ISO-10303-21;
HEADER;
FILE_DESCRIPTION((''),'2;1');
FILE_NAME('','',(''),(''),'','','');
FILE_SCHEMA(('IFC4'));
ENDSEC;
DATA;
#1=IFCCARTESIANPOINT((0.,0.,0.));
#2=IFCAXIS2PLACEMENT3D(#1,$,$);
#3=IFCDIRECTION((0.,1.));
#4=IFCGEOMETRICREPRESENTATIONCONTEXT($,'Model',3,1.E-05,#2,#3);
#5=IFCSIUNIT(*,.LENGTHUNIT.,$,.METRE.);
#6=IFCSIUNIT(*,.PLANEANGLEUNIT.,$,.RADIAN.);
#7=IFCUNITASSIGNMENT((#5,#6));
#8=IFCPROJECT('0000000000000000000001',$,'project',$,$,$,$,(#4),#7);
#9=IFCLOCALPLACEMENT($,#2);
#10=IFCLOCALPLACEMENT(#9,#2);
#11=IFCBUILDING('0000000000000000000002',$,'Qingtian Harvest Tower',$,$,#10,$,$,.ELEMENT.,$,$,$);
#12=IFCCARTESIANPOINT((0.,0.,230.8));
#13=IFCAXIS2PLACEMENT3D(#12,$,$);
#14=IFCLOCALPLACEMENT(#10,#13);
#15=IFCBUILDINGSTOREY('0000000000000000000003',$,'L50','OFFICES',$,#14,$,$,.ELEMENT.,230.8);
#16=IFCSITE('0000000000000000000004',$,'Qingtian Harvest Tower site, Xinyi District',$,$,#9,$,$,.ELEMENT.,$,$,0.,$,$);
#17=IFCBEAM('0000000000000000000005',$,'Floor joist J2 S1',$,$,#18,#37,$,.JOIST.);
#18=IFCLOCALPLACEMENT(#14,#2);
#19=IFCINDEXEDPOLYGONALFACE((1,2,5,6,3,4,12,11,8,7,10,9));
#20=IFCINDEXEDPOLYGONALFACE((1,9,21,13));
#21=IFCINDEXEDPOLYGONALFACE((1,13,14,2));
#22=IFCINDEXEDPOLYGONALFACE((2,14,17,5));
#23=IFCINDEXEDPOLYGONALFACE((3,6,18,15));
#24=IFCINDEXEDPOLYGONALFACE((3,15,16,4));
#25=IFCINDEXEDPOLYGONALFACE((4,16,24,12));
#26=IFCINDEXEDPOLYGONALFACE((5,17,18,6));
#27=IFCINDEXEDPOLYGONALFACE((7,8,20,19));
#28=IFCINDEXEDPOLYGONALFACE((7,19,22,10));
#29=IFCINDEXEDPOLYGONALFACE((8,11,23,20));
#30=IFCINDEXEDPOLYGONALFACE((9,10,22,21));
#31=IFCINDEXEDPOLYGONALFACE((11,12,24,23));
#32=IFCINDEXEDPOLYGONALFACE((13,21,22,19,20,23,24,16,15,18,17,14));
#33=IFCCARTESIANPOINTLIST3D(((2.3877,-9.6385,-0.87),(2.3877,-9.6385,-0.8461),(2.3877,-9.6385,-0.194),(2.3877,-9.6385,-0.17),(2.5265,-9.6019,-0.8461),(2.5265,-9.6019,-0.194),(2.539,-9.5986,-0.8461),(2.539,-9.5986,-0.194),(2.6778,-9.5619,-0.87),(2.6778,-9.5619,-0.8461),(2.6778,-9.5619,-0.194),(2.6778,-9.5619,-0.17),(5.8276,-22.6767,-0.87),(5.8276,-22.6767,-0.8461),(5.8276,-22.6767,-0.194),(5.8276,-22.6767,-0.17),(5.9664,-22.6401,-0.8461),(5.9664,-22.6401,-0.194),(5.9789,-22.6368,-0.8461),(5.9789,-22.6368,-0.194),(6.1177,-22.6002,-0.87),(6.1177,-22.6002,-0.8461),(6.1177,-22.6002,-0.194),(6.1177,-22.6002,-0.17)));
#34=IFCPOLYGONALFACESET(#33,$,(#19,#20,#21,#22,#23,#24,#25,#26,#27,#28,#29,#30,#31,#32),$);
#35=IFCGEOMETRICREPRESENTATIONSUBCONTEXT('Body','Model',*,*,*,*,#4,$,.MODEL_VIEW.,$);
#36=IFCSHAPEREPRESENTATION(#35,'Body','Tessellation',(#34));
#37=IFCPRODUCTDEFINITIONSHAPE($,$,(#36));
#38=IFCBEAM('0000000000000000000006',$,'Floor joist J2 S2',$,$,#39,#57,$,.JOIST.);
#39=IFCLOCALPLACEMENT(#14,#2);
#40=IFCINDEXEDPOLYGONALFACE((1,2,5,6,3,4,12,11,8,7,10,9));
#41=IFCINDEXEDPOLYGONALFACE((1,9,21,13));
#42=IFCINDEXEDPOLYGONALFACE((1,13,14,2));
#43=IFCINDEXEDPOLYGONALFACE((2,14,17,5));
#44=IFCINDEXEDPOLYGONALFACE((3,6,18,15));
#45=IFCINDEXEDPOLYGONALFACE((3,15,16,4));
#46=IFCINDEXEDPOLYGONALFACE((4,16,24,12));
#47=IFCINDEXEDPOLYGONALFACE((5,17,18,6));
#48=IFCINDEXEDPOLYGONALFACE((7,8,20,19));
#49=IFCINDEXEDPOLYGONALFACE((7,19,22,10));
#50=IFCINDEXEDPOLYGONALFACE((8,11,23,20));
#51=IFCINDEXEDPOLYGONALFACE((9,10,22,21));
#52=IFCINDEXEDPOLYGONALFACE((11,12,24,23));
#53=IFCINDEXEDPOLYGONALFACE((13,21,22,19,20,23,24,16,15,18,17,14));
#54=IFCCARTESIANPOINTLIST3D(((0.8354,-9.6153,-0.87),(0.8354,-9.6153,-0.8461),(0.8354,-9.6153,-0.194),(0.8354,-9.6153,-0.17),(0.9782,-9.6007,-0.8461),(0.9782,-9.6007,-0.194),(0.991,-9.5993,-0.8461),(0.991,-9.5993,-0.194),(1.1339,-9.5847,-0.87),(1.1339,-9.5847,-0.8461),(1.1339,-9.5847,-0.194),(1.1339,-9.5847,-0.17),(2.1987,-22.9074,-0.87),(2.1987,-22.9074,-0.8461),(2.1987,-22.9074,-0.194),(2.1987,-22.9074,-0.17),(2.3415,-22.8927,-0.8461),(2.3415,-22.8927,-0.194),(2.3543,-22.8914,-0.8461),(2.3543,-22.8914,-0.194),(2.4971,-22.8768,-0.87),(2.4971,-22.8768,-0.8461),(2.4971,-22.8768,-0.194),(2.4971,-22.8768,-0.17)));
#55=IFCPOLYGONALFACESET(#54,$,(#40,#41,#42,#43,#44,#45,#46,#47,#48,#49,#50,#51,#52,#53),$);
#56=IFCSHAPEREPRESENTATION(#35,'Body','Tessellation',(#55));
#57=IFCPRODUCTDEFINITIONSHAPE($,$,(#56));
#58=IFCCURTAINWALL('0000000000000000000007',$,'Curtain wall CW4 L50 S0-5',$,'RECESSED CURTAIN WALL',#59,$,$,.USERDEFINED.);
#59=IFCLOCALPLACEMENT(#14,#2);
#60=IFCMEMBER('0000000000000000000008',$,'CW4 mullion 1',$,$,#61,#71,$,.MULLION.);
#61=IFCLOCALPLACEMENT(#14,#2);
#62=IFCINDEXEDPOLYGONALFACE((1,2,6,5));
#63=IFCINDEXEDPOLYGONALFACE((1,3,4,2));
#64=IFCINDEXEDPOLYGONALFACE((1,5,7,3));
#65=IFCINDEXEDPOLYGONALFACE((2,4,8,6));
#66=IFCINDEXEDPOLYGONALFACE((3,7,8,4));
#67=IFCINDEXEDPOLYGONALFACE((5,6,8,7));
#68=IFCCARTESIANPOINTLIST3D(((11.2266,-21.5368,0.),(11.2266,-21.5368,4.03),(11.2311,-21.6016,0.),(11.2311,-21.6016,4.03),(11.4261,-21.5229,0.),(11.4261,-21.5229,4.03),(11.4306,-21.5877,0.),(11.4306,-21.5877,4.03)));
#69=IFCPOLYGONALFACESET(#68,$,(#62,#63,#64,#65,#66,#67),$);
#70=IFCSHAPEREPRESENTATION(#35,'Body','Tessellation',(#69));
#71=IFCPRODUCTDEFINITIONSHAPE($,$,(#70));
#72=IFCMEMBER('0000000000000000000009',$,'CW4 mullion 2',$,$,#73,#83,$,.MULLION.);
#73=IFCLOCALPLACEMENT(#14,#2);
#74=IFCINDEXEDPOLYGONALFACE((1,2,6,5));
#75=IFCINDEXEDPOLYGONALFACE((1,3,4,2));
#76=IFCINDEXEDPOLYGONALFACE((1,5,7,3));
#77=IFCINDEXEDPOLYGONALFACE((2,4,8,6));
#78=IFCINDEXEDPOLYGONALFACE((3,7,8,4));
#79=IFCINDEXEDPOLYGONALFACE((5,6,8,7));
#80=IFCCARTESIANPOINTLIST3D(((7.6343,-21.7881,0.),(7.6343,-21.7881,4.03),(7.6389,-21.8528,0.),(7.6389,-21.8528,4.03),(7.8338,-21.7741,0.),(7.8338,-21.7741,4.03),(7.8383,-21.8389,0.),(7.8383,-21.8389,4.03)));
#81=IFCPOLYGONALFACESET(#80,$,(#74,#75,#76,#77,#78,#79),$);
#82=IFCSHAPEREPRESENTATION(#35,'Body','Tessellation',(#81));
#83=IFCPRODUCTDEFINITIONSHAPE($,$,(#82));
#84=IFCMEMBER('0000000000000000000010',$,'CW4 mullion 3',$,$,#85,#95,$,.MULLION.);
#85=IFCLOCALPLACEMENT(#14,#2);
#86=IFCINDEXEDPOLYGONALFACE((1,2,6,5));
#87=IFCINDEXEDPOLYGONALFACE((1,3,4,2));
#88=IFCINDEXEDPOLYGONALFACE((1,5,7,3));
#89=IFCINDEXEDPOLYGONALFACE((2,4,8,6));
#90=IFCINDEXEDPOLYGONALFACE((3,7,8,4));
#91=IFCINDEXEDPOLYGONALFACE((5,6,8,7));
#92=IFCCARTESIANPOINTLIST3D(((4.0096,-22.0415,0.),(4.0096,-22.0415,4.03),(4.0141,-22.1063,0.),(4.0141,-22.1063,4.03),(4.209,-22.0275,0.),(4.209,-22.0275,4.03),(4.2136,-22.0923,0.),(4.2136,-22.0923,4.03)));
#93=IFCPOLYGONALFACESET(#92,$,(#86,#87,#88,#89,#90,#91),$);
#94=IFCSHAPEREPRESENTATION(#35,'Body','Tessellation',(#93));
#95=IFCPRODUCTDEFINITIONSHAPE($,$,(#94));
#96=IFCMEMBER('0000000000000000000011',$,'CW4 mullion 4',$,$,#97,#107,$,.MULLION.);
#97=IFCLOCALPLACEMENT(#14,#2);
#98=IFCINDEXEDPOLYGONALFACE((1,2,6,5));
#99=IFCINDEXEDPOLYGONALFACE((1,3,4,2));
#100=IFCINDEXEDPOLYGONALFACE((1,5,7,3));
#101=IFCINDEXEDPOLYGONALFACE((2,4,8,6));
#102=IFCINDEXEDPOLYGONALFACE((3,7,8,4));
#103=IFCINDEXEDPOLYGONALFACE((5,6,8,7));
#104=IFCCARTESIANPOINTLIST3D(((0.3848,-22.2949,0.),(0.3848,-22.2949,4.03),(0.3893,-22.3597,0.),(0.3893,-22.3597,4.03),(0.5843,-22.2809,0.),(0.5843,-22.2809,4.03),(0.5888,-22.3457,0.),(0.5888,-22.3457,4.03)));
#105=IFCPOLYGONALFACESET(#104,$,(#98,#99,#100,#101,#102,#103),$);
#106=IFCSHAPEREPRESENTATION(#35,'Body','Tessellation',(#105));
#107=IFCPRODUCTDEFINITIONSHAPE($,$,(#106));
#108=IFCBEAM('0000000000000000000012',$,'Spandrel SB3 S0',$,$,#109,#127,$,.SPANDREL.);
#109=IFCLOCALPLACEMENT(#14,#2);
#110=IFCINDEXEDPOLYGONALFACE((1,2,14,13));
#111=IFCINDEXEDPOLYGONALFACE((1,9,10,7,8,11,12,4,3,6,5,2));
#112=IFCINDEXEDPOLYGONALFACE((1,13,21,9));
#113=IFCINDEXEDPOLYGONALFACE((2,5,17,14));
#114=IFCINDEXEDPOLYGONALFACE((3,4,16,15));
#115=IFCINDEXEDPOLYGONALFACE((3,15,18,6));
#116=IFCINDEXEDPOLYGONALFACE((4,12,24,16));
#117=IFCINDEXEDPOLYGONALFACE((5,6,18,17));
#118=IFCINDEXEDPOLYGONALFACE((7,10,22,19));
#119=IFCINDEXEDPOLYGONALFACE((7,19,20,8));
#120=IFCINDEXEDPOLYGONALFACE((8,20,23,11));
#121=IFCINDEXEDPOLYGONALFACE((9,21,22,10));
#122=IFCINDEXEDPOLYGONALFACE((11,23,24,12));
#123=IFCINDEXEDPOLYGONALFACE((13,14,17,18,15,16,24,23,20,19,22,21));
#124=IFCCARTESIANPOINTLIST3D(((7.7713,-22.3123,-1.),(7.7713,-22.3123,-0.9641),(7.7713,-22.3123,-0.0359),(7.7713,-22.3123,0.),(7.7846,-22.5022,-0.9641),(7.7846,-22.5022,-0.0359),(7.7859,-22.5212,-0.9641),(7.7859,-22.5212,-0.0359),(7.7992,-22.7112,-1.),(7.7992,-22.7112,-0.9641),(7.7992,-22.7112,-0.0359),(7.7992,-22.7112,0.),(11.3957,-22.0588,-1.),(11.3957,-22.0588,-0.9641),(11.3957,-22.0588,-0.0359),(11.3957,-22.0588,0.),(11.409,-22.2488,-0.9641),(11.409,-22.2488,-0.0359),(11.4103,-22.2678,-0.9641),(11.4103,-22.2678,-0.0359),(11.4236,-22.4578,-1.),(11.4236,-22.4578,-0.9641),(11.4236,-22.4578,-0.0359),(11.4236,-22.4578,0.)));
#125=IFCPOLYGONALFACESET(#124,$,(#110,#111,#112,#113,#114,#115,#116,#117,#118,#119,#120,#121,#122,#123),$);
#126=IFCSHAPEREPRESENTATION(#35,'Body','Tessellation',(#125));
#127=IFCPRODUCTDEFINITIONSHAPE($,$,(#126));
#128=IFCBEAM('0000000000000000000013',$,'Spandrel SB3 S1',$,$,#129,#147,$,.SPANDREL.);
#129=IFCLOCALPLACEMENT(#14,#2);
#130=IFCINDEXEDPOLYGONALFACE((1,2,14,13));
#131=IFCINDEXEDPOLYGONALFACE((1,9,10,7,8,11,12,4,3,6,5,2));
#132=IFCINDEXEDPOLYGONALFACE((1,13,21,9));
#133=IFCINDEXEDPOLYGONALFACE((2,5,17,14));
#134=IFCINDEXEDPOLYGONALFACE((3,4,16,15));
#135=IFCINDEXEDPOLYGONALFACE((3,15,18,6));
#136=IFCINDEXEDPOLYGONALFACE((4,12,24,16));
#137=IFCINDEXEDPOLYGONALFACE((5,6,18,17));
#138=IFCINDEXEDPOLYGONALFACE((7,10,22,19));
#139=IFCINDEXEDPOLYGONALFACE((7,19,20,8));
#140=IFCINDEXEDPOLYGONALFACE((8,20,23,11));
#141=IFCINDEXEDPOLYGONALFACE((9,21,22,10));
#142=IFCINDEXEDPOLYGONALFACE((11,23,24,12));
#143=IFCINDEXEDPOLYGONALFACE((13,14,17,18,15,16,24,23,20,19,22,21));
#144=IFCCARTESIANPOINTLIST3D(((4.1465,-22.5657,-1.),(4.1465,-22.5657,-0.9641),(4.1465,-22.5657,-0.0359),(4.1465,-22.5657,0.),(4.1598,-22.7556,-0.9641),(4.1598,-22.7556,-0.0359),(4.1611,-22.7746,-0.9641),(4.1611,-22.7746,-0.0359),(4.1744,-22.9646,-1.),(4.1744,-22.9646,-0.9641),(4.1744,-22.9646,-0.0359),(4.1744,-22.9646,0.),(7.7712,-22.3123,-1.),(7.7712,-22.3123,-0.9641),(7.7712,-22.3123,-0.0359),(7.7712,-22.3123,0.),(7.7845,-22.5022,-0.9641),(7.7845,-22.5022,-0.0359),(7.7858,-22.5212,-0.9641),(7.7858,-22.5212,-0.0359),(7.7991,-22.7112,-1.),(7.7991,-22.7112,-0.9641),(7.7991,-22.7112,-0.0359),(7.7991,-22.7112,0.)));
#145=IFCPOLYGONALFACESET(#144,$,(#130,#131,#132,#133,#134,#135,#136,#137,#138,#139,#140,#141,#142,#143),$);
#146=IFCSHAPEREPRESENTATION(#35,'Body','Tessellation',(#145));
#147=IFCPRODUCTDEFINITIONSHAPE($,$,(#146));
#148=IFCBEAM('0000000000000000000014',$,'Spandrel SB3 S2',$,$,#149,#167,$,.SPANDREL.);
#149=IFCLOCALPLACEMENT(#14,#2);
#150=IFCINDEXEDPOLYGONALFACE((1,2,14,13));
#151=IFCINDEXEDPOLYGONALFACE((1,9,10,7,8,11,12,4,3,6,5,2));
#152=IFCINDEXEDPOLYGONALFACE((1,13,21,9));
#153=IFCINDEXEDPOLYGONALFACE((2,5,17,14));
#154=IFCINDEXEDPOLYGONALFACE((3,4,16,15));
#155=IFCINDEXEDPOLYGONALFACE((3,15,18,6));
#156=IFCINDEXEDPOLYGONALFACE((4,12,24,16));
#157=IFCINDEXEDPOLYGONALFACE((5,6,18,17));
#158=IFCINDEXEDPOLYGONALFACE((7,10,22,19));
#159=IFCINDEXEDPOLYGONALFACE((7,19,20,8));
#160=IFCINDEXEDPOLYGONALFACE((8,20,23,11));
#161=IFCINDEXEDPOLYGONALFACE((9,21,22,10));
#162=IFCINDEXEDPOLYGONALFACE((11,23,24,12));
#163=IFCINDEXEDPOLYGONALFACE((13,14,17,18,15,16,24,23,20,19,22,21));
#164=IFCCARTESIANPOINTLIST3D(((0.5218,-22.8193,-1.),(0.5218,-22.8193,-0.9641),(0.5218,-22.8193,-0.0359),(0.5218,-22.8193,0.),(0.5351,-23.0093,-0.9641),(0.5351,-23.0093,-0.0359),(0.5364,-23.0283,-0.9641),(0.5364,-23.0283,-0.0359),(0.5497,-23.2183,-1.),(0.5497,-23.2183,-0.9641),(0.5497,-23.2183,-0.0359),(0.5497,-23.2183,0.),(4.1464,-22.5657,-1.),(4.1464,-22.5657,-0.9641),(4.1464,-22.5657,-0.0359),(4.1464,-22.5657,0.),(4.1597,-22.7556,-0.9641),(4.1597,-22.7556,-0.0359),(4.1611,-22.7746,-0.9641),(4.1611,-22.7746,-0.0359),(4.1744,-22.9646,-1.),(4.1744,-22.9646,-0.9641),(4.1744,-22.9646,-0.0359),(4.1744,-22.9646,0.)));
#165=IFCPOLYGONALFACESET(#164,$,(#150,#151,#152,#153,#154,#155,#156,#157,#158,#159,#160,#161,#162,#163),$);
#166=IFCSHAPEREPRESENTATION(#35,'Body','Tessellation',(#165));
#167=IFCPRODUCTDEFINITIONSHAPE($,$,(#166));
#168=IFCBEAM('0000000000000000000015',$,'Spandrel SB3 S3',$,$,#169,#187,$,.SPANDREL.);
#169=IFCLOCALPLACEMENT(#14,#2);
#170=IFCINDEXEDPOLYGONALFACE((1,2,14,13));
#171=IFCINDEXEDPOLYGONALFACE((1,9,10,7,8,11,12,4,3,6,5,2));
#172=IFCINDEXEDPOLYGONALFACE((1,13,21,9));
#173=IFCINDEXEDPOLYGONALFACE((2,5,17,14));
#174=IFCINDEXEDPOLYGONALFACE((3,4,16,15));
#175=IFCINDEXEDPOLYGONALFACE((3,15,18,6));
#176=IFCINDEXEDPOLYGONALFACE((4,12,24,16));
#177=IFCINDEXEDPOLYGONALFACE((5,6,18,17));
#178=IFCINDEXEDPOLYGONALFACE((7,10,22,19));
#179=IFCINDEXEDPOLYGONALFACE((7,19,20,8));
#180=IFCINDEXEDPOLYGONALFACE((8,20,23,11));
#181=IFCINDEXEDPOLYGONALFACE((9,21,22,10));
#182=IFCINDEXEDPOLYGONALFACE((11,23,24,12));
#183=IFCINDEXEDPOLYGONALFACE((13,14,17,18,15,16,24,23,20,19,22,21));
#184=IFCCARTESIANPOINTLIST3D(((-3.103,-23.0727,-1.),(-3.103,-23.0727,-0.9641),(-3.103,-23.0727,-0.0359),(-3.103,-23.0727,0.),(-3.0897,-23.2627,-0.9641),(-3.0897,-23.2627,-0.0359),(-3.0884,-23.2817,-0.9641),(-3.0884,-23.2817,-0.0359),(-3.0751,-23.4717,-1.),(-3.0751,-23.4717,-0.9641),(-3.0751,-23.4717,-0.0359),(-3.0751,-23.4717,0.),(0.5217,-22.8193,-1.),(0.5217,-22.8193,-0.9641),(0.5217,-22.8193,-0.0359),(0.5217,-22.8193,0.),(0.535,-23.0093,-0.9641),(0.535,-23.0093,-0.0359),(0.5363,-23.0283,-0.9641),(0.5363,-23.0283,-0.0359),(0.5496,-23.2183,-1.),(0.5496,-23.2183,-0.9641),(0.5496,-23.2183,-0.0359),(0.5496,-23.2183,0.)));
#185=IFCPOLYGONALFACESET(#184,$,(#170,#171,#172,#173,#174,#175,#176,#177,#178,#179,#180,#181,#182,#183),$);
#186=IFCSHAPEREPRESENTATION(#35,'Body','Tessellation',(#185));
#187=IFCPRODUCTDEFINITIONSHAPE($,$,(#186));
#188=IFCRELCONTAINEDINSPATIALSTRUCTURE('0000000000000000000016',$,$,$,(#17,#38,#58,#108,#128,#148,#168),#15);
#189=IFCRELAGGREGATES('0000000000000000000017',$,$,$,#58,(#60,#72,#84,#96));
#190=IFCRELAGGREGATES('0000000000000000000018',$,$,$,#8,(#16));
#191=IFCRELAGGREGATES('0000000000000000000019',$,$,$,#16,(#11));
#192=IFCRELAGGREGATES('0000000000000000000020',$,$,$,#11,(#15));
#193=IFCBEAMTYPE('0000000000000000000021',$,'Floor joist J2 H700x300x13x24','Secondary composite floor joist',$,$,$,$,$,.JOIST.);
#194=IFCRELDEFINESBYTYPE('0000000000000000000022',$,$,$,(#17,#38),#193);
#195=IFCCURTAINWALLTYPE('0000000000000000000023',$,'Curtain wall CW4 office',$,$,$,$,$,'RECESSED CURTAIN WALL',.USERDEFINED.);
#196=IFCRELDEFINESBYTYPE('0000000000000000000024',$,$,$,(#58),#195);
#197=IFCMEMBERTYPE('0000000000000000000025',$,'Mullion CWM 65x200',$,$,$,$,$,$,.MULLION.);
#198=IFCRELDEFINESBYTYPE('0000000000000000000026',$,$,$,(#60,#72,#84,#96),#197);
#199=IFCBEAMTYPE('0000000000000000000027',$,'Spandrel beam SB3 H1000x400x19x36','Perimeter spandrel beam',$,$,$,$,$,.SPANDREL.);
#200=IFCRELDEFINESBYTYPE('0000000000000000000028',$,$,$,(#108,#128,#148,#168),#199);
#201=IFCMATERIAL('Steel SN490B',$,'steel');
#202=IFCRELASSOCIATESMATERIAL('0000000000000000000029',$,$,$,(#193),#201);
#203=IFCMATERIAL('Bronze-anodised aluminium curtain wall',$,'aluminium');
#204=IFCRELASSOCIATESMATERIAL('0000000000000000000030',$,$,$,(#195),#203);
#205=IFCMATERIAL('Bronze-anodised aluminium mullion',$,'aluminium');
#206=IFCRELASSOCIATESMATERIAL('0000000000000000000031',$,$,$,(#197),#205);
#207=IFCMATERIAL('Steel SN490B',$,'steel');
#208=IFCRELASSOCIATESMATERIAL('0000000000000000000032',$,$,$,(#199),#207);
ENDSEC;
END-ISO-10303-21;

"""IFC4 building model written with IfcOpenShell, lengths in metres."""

from ifc_helpers import new_model, si_unit, direction, frame, origin, origin_2d, place, context, subcontext, project, spatial, rectangle, i_section, extrude, material, material_profile, profile_set, type_object, element, aggregate, save


model = new_model("IFC4")

# Units and contexts
model_context = context("Model", 3, precision=1e-05, world=origin(), true_north=direction((0.0, 1.0)))
body_context = subcontext(model_context, "Body", "Model", "MODEL_VIEW")
ifc_project = project(units=[si_unit("LENGTHUNIT", "METRE"), si_unit("PLANEANGLEUNIT", "RADIAN")], contexts=[model_context])

# Site, building, storey
site_placement = place(None, origin())
site = spatial("IfcSite", under=ifc_project, at=site_placement, Name="Qingtian Harvest Tower site, Xinyi District", CompositionType="ELEMENT", RefElevation=0.0)
building_placement = place(site_placement, origin())
building = spatial("IfcBuilding", under=site, at=building_placement, Name="Qingtian Harvest Tower", CompositionType="ELEMENT")
storey_placement = place(building_placement, frame((0.0, 0.0, 230.8)))
storey = spatial("IfcBuildingStorey", under=building, at=storey_placement, Name="L50", Description="OFFICES", CompositionType="ELEMENT", Elevation=230.8)

# Beams
ifc_material_1 = material(Name="Steel SN490B", Category="steel")
ifc_material_profile_1 = material_profile(ifc_material_1, i_section(OverallWidth=0.3, OverallDepth=0.7, WebThickness=0.0129, FlangeThickness=0.0239, at=origin_2d()), Name="H700x300x13x24")
ifc_profile_set_1 = profile_set([ifc_material_profile_1], Name="Steel SN490B")
beam_type_1 = type_object("IfcBeamType", Name="Floor joist J2 H700x300x13x24", Description="Secondary composite floor joist", PredefinedType="JOIST", material=ifc_profile_set_1)
beam_1_placement = place(storey_placement, frame((5.9727, -22.6384, -0.52), z_axis=(-0.255104, 0.966914, 0.0), x_axis=(-0.966914, -0.255104, 0.0)))
element("IfcBeam", 1, at=beam_1_placement, inside=storey, type_object=beam_type_1, Name="Floor joist J2 S1", PredefinedType="JOIST", context=body_context, shape_type="SweptSolid", body=[
    extrude(i_section(OverallWidth=0.3, OverallDepth=0.7, WebThickness=0.0129, FlangeThickness=0.0239, at=origin_2d()), origin(), (0.0, 0.0, 1.0), 13.4844),
])
beam_2_placement = place(storey_placement, frame((2.3479, -22.8921, -0.52), z_axis=(-0.102029, 0.994781, 0.0), x_axis=(-0.994781, -0.102029, 0.0)))
element("IfcBeam", 2, at=beam_2_placement, inside=storey, type_object=beam_type_1, Name="Floor joist J2 S2", PredefinedType="JOIST", context=body_context, shape_type="SweptSolid", body=[
    extrude(i_section(OverallWidth=0.3, OverallDepth=0.7, WebThickness=0.0129, FlangeThickness=0.0239, at=origin_2d()), origin(), (0.0, 0.0, 1.0), 13.3618),
])

# Curtain wall, members
ifc_material_2 = material(Name="Bronze-anodised aluminium curtain wall", Category="aluminium")
curtain_wall_type = type_object("IfcCurtainWallType", Name="Curtain wall CW4 office", ElementType="RECESSED CURTAIN WALL", PredefinedType="USERDEFINED", material=ifc_material_2)
curtain_wall_placement = place(storey_placement, origin())
curtain_wall = element("IfcCurtainWall", 3, at=curtain_wall_placement, inside=storey, type_object=curtain_wall_type, Name="Curtain wall CW4 L50 S0-5", ObjectType="RECESSED CURTAIN WALL", PredefinedType="USERDEFINED")
ifc_material_3 = material(Name="Bronze-anodised aluminium mullion", Category="aluminium")
ifc_material_profile_2 = material_profile(ifc_material_3, rectangle(XDim=0.0649, YDim=0.2, at=origin_2d()), Name="AL 65x200")
ifc_profile_set_2 = profile_set([ifc_material_profile_2], Name="Bronze-anodised aluminium mullion")
member_type_1 = type_object("IfcMemberType", Name="Mullion CWM 65x200", PredefinedType="MULLION", material=ifc_profile_set_2)
member_1_placement = place(storey_placement, frame((11.3286, -21.5623, 0.0), z_axis=(0.0, 0.0, 1.0), x_axis=(0.069756, -0.997564, 0.0)))
member_1 = element("IfcMember", 4, at=member_1_placement, type_object=member_type_1, Name="CW4 mullion 1", PredefinedType="MULLION", context=body_context, shape_type="SweptSolid", body=[
    extrude(rectangle(XDim=0.0649, YDim=0.2, at=origin_2d()), origin(), (0.0, 0.0, 1.0), 4.03),
])
member_2_placement = place(storey_placement, frame((7.7363, -21.8135, 0.0), z_axis=(0.0, 0.0, 1.0), x_axis=(0.069756, -0.997564, 0.0)))
member_2 = element("IfcMember", 5, at=member_2_placement, type_object=member_type_1, Name="CW4 mullion 2", PredefinedType="MULLION", context=body_context, shape_type="SweptSolid", body=[
    extrude(rectangle(XDim=0.0649, YDim=0.2, at=origin_2d()), origin(), (0.0, 0.0, 1.0), 4.03),
])
member_3_placement = place(storey_placement, frame((4.1116, -22.0669, 0.0), z_axis=(0.0, 0.0, 1.0), x_axis=(0.069756, -0.997564, 0.0)))
member_3 = element("IfcMember", 6, at=member_3_placement, type_object=member_type_1, Name="CW4 mullion 3", PredefinedType="MULLION", context=body_context, shape_type="SweptSolid", body=[
    extrude(rectangle(XDim=0.0649, YDim=0.2, at=origin_2d()), origin(), (0.0, 0.0, 1.0), 4.03),
])
member_4_placement = place(storey_placement, frame((0.4868, -22.3203, 0.0), z_axis=(0.0, 0.0, 1.0), x_axis=(0.069756, -0.997564, 0.0)))
member_4 = element("IfcMember", 7, at=member_4_placement, type_object=member_type_1, Name="CW4 mullion 4", PredefinedType="MULLION", context=body_context, shape_type="SweptSolid", body=[
    extrude(rectangle(XDim=0.0649, YDim=0.2, at=origin_2d()), origin(), (0.0, 0.0, 1.0), 4.03),
])

# Beams
ifc_material_4 = material(Name="Steel SN490B", Category="steel")
ifc_material_profile_3 = material_profile(ifc_material_4, i_section(OverallWidth=0.3999, OverallDepth=1.0, WebThickness=0.019, FlangeThickness=0.0359, at=origin_2d()), Name="H1000x400x19x36")
ifc_profile_set_3 = profile_set([ifc_material_profile_3], Name="Steel SN490B")
beam_type_2 = type_object("IfcBeamType", Name="Spandrel beam SB3 H1000x400x19x36", Description="Perimeter spandrel beam", PredefinedType="SPANDREL", material=ifc_profile_set_3)
beam_3_placement = place(storey_placement, frame((11.4097, -22.2583, -0.5), z_axis=(-0.997565, -0.069748, 0.0), x_axis=(0.069748, -0.997565, 0.0)))
element("IfcBeam", 8, at=beam_3_placement, inside=storey, type_object=beam_type_2, Name="Spandrel SB3 S0", PredefinedType="SPANDREL", context=body_context, shape_type="SweptSolid", body=[
    extrude(i_section(OverallWidth=0.3999, OverallDepth=1.0, WebThickness=0.019, FlangeThickness=0.0359, at=origin_2d()), origin(), (0.0, 0.0, 1.0), 3.6333),
])
for number, where, z_axis, x_axis, name in (
    (9, (7.7852, -22.5117, -0.5), (-0.997565, -0.069743, 0.0), (0.069743, -0.997565, 0.0), "Spandrel SB3 S1"),
    (10, (4.1604, -22.7651, -0.5), (-0.99756, -0.06981, 0.0), (0.06981, -0.99756, 0.0), "Spandrel SB3 S2"),
    (11, (0.5356, -23.0188, -0.5), (-0.997565, -0.069743, 0.0), (0.069743, -0.997565, 0.0), "Spandrel SB3 S3"),
):
    element("IfcBeam", number, at=place(storey_placement, frame(where, z_axis=z_axis, x_axis=x_axis)), inside=storey, type_object=beam_type_2, Name=name, PredefinedType="SPANDREL", context=body_context, shape_type="SweptSolid", body=[
        extrude(i_section(OverallWidth=0.3999, OverallDepth=1.0, WebThickness=0.019, FlangeThickness=0.0359, at=origin_2d()), origin(), (0.0, 0.0, 1.0), 3.6335),
    ])

aggregate(curtain_wall, [member_1, member_2, member_3, member_4])

save(model, "model.ifc")
